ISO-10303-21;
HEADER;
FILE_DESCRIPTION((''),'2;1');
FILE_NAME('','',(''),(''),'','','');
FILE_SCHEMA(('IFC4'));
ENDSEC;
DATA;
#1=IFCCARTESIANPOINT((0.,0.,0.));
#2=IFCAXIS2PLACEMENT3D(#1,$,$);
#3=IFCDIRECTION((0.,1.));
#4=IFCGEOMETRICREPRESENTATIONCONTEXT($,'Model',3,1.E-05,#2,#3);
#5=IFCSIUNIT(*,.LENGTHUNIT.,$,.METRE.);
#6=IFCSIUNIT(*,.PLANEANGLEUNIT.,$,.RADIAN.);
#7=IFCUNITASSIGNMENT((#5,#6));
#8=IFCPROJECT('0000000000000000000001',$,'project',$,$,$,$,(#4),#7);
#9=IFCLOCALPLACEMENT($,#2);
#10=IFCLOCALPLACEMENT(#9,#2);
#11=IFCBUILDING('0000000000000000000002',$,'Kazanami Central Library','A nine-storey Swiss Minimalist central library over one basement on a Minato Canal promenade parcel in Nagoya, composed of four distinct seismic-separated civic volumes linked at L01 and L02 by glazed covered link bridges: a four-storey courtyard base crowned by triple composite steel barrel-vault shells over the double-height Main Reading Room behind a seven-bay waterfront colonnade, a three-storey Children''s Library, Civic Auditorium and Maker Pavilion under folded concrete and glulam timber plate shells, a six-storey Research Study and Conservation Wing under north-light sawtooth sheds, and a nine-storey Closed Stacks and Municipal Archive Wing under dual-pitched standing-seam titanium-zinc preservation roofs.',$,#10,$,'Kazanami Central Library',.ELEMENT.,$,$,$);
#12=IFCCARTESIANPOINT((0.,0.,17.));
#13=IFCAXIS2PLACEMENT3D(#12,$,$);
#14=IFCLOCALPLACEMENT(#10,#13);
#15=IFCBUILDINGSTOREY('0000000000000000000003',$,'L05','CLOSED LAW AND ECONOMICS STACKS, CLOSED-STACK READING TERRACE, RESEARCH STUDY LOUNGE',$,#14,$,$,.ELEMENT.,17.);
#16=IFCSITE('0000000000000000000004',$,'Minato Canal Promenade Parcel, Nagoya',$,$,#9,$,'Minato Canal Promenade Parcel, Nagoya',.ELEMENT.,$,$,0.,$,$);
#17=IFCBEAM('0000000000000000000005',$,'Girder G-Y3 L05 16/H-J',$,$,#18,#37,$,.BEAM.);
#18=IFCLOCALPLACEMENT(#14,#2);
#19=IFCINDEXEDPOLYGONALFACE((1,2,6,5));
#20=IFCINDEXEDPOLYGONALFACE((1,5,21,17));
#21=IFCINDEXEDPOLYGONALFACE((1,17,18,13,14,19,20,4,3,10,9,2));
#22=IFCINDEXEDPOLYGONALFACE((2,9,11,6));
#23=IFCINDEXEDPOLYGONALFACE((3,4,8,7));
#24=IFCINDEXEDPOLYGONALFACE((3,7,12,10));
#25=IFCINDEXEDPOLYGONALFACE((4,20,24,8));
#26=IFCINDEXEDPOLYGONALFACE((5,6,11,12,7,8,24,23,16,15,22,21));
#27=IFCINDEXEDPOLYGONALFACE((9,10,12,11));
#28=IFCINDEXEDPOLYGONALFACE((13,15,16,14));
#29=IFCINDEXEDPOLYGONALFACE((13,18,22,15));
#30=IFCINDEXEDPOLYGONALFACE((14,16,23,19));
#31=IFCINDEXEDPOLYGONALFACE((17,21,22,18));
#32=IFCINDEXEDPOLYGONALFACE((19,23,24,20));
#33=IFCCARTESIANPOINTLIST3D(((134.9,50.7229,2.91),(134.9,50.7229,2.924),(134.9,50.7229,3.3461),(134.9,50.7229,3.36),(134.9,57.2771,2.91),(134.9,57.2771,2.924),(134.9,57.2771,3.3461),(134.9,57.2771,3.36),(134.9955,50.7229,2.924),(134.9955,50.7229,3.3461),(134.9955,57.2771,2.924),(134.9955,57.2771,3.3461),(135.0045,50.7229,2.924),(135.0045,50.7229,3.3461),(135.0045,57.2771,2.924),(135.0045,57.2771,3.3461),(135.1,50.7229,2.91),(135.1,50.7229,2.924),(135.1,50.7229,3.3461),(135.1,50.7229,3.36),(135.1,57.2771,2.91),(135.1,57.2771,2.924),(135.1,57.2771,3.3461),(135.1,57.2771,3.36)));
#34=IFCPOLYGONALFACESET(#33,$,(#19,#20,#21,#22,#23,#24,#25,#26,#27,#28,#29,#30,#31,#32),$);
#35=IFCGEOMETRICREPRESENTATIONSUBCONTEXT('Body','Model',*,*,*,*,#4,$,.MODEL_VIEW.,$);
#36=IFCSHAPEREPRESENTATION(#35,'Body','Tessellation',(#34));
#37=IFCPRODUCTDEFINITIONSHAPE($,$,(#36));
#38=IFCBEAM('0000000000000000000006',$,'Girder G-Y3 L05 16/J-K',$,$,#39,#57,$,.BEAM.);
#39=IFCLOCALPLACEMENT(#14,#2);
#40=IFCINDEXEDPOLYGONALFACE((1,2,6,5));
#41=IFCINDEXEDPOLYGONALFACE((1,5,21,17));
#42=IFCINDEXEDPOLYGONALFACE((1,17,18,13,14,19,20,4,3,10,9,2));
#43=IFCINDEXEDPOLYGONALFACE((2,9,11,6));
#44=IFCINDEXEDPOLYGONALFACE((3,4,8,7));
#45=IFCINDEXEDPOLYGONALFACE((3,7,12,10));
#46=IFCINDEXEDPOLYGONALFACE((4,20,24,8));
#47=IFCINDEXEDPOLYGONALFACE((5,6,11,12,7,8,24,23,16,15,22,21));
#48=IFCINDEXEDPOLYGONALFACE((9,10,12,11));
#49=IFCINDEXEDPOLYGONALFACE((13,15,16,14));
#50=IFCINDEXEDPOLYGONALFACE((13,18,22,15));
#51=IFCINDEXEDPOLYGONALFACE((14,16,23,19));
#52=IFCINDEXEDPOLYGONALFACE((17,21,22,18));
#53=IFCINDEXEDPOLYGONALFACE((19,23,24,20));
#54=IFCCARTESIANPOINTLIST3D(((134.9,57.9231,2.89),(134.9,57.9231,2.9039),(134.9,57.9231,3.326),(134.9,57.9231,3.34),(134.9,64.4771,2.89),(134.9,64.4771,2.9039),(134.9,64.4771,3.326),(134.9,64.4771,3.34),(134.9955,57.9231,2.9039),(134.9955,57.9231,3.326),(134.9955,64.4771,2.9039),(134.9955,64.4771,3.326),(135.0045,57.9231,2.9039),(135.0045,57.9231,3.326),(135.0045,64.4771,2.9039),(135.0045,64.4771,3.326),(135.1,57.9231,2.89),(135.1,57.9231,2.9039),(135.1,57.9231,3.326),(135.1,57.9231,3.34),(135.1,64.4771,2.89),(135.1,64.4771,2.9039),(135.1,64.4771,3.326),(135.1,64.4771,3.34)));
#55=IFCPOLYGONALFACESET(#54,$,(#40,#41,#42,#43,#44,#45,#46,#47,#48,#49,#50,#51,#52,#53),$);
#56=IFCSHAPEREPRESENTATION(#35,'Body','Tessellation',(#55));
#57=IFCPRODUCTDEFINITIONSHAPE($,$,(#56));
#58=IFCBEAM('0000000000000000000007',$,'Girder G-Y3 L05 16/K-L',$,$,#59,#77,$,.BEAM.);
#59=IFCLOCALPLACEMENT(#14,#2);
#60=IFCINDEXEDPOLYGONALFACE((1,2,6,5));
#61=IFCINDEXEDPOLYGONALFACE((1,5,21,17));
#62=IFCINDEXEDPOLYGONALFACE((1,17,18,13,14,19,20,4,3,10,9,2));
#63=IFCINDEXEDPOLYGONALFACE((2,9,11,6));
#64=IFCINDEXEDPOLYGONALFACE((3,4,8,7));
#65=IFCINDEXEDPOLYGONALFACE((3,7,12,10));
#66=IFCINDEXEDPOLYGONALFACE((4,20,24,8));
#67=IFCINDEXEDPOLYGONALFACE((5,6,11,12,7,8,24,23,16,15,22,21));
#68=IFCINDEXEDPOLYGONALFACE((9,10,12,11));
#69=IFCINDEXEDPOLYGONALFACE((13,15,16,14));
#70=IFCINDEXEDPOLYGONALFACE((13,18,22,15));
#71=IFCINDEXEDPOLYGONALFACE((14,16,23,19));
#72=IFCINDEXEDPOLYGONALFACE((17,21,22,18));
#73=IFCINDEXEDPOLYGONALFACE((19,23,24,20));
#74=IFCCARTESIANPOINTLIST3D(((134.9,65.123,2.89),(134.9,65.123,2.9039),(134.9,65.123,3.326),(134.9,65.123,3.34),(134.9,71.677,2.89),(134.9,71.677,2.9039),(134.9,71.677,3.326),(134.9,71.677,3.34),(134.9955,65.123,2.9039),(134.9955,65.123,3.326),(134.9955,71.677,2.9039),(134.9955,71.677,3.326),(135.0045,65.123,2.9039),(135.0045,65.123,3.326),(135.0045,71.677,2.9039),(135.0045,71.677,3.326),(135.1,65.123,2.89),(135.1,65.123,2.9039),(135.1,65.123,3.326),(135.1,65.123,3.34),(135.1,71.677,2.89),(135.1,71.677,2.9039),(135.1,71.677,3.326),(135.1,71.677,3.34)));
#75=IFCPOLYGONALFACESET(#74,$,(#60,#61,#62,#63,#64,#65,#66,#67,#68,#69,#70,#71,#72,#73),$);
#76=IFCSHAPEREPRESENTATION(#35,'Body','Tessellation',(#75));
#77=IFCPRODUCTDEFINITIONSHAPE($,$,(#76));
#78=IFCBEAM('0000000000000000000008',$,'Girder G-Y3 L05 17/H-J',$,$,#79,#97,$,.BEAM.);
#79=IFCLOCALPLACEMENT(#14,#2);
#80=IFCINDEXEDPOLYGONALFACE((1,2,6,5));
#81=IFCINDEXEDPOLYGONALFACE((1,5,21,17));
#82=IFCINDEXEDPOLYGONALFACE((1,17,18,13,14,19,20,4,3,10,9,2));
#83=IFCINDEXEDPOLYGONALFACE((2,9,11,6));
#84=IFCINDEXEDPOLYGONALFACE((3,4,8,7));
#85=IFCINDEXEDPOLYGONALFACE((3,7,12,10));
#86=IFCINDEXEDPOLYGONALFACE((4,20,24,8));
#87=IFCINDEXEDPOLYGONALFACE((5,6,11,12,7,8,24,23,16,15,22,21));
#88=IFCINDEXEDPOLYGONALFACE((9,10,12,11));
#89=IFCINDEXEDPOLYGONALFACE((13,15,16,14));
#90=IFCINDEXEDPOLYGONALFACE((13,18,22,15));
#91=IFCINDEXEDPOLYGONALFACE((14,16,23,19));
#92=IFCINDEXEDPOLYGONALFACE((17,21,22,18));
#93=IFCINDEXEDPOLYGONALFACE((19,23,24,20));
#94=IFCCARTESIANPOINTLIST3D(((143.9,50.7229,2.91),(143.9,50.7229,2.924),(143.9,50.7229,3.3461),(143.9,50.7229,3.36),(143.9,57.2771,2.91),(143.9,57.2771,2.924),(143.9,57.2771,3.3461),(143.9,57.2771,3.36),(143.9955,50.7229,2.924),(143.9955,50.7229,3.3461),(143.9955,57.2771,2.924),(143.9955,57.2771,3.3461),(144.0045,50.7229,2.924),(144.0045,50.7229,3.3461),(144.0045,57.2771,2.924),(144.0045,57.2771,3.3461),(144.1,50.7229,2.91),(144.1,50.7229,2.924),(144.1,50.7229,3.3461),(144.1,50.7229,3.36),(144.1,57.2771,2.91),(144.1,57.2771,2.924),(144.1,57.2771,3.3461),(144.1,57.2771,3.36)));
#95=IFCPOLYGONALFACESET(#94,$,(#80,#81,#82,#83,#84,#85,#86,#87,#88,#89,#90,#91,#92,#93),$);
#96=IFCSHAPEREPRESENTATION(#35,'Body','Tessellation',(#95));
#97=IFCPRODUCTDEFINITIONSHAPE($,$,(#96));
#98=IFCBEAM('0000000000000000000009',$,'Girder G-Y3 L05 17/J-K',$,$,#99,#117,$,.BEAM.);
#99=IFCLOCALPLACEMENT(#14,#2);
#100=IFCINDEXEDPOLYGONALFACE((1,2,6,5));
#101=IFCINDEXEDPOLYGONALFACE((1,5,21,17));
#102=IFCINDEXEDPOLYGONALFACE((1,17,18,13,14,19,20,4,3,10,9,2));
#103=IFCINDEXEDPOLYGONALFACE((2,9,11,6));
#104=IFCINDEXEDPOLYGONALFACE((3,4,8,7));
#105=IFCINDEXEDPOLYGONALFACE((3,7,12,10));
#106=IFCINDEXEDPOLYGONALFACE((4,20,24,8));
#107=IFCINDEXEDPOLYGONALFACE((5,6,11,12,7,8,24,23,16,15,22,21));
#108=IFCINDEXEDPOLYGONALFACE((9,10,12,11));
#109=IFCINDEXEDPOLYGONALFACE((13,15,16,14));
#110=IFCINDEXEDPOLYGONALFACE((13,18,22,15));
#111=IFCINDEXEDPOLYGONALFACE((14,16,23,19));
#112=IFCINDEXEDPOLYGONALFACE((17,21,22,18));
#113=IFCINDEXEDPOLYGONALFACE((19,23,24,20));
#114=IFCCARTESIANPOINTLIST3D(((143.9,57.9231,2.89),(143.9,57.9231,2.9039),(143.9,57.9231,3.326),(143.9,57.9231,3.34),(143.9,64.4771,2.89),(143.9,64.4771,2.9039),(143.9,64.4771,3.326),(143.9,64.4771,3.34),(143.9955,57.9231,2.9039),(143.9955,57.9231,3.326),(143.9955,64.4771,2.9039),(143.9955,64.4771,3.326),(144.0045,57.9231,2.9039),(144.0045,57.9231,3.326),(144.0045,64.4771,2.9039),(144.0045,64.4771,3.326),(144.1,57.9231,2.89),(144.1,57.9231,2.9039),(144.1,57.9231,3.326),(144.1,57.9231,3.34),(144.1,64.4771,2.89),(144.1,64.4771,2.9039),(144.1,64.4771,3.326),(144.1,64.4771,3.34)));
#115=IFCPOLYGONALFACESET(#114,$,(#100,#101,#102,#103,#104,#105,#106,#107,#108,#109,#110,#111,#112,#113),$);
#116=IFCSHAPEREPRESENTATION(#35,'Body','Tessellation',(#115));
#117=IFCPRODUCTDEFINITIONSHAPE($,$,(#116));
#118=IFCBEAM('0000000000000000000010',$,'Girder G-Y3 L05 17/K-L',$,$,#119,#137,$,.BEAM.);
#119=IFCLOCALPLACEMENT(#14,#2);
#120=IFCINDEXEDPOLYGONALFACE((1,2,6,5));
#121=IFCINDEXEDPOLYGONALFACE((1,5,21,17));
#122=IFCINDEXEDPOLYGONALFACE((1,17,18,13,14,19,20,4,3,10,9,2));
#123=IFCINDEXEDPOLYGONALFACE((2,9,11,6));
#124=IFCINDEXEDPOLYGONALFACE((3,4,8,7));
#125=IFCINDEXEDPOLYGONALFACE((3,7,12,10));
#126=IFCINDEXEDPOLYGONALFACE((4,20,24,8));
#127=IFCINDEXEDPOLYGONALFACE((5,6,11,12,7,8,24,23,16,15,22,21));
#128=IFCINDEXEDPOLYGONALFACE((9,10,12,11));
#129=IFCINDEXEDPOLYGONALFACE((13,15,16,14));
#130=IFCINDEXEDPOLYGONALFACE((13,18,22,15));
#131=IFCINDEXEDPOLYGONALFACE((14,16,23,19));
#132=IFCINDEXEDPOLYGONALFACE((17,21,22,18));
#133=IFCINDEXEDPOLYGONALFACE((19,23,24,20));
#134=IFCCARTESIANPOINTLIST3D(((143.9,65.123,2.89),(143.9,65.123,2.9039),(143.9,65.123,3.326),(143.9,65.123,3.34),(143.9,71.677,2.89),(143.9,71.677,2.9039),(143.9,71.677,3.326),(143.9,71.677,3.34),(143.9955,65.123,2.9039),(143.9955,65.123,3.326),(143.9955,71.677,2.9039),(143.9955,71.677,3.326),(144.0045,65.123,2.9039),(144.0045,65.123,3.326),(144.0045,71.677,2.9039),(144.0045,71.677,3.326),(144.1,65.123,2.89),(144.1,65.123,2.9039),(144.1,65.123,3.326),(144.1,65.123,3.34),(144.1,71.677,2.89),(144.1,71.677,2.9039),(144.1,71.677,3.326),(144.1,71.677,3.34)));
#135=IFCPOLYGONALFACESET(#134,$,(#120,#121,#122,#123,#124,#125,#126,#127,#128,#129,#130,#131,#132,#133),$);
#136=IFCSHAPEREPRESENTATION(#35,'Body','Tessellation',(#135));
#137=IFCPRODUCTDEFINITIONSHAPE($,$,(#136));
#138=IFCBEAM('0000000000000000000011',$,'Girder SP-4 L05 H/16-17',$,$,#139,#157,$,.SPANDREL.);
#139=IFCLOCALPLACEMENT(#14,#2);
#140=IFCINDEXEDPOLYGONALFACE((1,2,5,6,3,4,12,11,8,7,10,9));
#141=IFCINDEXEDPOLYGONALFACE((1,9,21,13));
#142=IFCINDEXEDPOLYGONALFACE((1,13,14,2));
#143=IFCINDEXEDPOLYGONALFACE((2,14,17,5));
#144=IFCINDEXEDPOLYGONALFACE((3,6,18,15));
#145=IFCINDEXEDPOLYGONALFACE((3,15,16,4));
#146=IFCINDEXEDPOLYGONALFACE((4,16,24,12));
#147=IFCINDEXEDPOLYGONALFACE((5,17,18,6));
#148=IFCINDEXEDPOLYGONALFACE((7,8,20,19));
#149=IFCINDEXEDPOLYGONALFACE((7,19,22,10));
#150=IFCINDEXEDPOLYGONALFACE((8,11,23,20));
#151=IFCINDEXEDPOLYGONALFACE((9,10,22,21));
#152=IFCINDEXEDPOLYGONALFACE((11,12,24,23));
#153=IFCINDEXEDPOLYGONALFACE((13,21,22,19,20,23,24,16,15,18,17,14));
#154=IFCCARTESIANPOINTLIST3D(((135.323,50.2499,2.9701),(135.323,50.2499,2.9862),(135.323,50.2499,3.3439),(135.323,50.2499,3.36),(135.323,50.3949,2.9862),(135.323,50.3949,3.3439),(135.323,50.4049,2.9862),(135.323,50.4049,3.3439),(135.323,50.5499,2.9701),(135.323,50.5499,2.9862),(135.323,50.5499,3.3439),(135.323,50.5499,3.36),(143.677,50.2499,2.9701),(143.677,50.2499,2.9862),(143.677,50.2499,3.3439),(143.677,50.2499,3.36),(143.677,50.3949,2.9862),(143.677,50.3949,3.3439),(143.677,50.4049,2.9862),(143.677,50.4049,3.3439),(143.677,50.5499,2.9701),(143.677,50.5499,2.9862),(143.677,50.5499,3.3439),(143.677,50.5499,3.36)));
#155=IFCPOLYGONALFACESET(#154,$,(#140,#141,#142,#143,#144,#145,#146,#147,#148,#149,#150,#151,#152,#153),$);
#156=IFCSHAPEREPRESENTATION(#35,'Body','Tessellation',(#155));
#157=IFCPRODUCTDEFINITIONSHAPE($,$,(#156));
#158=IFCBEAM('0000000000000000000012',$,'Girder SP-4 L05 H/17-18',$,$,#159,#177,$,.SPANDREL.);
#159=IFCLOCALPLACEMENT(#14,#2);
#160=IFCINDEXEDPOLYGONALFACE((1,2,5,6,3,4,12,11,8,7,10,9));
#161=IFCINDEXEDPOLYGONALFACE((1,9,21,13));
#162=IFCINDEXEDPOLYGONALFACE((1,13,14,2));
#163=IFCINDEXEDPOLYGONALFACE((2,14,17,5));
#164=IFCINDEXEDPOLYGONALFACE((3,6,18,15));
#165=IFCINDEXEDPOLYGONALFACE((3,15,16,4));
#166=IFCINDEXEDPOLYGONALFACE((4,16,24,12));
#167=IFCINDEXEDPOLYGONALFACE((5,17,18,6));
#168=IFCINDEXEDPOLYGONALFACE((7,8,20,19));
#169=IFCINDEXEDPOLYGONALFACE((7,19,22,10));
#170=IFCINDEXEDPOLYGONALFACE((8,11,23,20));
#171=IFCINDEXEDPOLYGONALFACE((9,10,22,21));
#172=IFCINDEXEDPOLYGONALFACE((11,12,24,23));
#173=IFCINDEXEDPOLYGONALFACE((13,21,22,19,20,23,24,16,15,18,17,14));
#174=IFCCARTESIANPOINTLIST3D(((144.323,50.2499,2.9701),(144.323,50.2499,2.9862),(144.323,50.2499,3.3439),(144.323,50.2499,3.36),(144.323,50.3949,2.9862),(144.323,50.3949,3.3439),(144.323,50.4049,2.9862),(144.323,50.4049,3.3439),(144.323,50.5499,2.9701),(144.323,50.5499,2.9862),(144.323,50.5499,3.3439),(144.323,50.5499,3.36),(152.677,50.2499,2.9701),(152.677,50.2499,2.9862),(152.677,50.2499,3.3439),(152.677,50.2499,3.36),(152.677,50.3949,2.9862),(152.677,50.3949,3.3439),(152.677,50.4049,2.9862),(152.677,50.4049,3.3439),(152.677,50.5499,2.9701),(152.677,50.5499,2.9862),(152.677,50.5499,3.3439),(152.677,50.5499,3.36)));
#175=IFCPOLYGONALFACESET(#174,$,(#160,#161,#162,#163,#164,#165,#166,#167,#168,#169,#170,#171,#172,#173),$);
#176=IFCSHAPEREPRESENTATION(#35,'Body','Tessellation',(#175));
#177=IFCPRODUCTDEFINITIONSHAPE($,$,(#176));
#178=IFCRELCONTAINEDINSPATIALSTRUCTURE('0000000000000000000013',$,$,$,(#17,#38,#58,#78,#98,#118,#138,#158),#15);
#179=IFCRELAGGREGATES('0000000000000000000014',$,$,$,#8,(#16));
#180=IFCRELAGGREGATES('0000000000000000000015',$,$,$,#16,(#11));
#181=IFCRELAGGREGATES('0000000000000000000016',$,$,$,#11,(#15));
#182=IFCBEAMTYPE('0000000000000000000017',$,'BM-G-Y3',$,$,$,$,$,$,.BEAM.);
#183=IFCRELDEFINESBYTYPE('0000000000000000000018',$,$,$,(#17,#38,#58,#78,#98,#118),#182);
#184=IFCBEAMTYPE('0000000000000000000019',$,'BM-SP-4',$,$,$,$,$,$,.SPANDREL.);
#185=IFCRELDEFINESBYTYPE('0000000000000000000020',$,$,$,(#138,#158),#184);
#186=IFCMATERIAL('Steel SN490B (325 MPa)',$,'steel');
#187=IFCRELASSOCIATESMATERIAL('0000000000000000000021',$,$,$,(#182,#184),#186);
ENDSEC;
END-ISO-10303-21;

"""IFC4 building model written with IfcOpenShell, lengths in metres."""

from ifc_helpers import new_model, si_unit, direction, frame, origin, origin_2d, place, context, subcontext, project, spatial, i_section, extrude, material, material_profile, profile_set, type_object, element, save


model = new_model("IFC4")

# Units and contexts
model_context = context("Model", 3, precision=1e-05, world=origin(), true_north=direction((0.0, 1.0)))
body_context = subcontext(model_context, "Body", "Model", "MODEL_VIEW")
ifc_project = project(units=[si_unit("LENGTHUNIT", "METRE"), si_unit("PLANEANGLEUNIT", "RADIAN")], contexts=[model_context])

# Site, building, storey
site_placement = place(None, origin())
site = spatial("IfcSite", under=ifc_project, at=site_placement, Name="Minato Canal Promenade Parcel, Nagoya", LongName="Minato Canal Promenade Parcel, Nagoya", CompositionType="ELEMENT", RefElevation=0.0)
building_placement = place(site_placement, origin())
building = spatial("IfcBuilding", under=site, at=building_placement, Name="Kazanami Central Library", Description="A nine-storey Swiss Minimalist central library over one basement on a Minato Canal promenade parcel in Nagoya, composed of four distinct seismic-separated civic volumes linked at L01 and L02 by glazed covered link bridges: a four-storey courtyard base crowned by triple composite steel barrel-vault shells over the double-height Main Reading Room behind a seven-bay waterfront colonnade, a three-storey Children's Library, Civic Auditorium and Maker Pavilion under folded concrete and glulam timber plate shells, a six-storey Research Study and Conservation Wing under north-light sawtooth sheds, and a nine-storey Closed Stacks and Municipal Archive Wing under dual-pitched standing-seam titanium-zinc preservation roofs.", LongName="Kazanami Central Library", CompositionType="ELEMENT")
storey_placement = place(building_placement, frame((0.0, 0.0, 17.0)))
storey = spatial("IfcBuildingStorey", under=building, at=storey_placement, Name="L05", Description="CLOSED LAW AND ECONOMICS STACKS, CLOSED-STACK READING TERRACE, RESEARCH STUDY LOUNGE", CompositionType="ELEMENT", Elevation=17.0)

# Beams
ifc_material_1 = material(Name="Steel SN490B (325 MPa)", Category="steel")
ifc_material_profile_1 = material_profile(ifc_material_1, i_section(OverallWidth=0.2, OverallDepth=0.45, WebThickness=0.009, FlangeThickness=0.0139, at=origin_2d()), Name="H-450x200x9x14")
ifc_profile_set_1 = profile_set([ifc_material_profile_1], Name="Steel SN490B (325 MPa)")
beam_type_1 = type_object("IfcBeamType", Name="BM-G-Y3", PredefinedType="BEAM", material=ifc_profile_set_1)
beam_1_placement = place(storey_placement, frame((135.0, 50.7229, 3.135), z_axis=(0.0, 1.0, 0.0), x_axis=(-1.0, 0.0, 0.0)))
element("IfcBeam", 1, at=beam_1_placement, inside=storey, type_object=beam_type_1, Name="Girder G-Y3 L05 16/H-J", PredefinedType="BEAM", context=body_context, shape_type="SweptSolid", body=[
    extrude(i_section(OverallWidth=0.2, OverallDepth=0.45, WebThickness=0.009, FlangeThickness=0.0139, at=origin_2d()), origin(), (0.0, 0.0, 1.0), 6.5542),
])
for number, where, z_axis, x_axis, name in (
    (2, (135.0, 57.9231, 3.115), (0.0, 1.0, 0.0), (-1.0, 0.0, 0.0), "Girder G-Y3 L05 16/J-K"),
    (3, (135.0, 65.123, 3.115), (0.0, 1.0, 0.0), (-1.0, 0.0, 0.0), "Girder G-Y3 L05 16/K-L"),
):
    element("IfcBeam", number, at=place(storey_placement, frame(where, z_axis=z_axis, x_axis=x_axis)), inside=storey, type_object=beam_type_1, Name=name, PredefinedType="BEAM", context=body_context, shape_type="SweptSolid", body=[
        extrude(i_section(OverallWidth=0.2, OverallDepth=0.45, WebThickness=0.009, FlangeThickness=0.0139, at=origin_2d()), origin(), (0.0, 0.0, 1.0), 6.554),
    ])
beam_2_placement = place(storey_placement, frame((144.0, 50.7229, 3.135), z_axis=(0.0, 1.0, 0.0), x_axis=(-1.0, 0.0, 0.0)))
element("IfcBeam", 4, at=beam_2_placement, inside=storey, type_object=beam_type_1, Name="Girder G-Y3 L05 17/H-J", PredefinedType="BEAM", context=body_context, shape_type="SweptSolid", body=[
    extrude(i_section(OverallWidth=0.2, OverallDepth=0.45, WebThickness=0.009, FlangeThickness=0.0139, at=origin_2d()), origin(), (0.0, 0.0, 1.0), 6.5542),
])
for number, where, z_axis, x_axis, name in (
    (5, (144.0, 57.9231, 3.115), (0.0, 1.0, 0.0), (-1.0, 0.0, 0.0), "Girder G-Y3 L05 17/J-K"),
    (6, (144.0, 65.123, 3.115), (0.0, 1.0, 0.0), (-1.0, 0.0, 0.0), "Girder G-Y3 L05 17/K-L"),
):
    element("IfcBeam", number, at=place(storey_placement, frame(where, z_axis=z_axis, x_axis=x_axis)), inside=storey, type_object=beam_type_1, Name=name, PredefinedType="BEAM", context=body_context, shape_type="SweptSolid", body=[
        extrude(i_section(OverallWidth=0.2, OverallDepth=0.45, WebThickness=0.009, FlangeThickness=0.0139, at=origin_2d()), origin(), (0.0, 0.0, 1.0), 6.554),
    ])
ifc_material_profile_2 = material_profile(ifc_material_1, i_section(OverallWidth=0.3, OverallDepth=0.3899, WebThickness=0.01, FlangeThickness=0.0161, at=origin_2d()), Name="H-390x300x10x16")
ifc_profile_set_2 = profile_set([ifc_material_profile_2], Name="Steel SN490B (325 MPa)")
beam_type_2 = type_object("IfcBeamType", Name="BM-SP-4", PredefinedType="SPANDREL", material=ifc_profile_set_2)
for number, where, z_axis, x_axis, name in (
    (7, (135.323, 50.3999, 3.165), (1.0, 0.0, 0.0), (0.0, 1.0, 0.0), "Girder SP-4 L05 H/16-17"),
    (8, (144.323, 50.3999, 3.165), (1.0, 0.0, 0.0), (0.0, 1.0, 0.0), "Girder SP-4 L05 H/17-18"),
):
    element("IfcBeam", number, at=place(storey_placement, frame(where, z_axis=z_axis, x_axis=x_axis)), inside=storey, type_object=beam_type_2, Name=name, PredefinedType="SPANDREL", context=body_context, shape_type="SweptSolid", body=[
        extrude(i_section(OverallWidth=0.3, OverallDepth=0.3899, WebThickness=0.01, FlangeThickness=0.0161, at=origin_2d()), origin(), (0.0, 0.0, 1.0), 8.354),
    ])

save(model, "model.ifc")
